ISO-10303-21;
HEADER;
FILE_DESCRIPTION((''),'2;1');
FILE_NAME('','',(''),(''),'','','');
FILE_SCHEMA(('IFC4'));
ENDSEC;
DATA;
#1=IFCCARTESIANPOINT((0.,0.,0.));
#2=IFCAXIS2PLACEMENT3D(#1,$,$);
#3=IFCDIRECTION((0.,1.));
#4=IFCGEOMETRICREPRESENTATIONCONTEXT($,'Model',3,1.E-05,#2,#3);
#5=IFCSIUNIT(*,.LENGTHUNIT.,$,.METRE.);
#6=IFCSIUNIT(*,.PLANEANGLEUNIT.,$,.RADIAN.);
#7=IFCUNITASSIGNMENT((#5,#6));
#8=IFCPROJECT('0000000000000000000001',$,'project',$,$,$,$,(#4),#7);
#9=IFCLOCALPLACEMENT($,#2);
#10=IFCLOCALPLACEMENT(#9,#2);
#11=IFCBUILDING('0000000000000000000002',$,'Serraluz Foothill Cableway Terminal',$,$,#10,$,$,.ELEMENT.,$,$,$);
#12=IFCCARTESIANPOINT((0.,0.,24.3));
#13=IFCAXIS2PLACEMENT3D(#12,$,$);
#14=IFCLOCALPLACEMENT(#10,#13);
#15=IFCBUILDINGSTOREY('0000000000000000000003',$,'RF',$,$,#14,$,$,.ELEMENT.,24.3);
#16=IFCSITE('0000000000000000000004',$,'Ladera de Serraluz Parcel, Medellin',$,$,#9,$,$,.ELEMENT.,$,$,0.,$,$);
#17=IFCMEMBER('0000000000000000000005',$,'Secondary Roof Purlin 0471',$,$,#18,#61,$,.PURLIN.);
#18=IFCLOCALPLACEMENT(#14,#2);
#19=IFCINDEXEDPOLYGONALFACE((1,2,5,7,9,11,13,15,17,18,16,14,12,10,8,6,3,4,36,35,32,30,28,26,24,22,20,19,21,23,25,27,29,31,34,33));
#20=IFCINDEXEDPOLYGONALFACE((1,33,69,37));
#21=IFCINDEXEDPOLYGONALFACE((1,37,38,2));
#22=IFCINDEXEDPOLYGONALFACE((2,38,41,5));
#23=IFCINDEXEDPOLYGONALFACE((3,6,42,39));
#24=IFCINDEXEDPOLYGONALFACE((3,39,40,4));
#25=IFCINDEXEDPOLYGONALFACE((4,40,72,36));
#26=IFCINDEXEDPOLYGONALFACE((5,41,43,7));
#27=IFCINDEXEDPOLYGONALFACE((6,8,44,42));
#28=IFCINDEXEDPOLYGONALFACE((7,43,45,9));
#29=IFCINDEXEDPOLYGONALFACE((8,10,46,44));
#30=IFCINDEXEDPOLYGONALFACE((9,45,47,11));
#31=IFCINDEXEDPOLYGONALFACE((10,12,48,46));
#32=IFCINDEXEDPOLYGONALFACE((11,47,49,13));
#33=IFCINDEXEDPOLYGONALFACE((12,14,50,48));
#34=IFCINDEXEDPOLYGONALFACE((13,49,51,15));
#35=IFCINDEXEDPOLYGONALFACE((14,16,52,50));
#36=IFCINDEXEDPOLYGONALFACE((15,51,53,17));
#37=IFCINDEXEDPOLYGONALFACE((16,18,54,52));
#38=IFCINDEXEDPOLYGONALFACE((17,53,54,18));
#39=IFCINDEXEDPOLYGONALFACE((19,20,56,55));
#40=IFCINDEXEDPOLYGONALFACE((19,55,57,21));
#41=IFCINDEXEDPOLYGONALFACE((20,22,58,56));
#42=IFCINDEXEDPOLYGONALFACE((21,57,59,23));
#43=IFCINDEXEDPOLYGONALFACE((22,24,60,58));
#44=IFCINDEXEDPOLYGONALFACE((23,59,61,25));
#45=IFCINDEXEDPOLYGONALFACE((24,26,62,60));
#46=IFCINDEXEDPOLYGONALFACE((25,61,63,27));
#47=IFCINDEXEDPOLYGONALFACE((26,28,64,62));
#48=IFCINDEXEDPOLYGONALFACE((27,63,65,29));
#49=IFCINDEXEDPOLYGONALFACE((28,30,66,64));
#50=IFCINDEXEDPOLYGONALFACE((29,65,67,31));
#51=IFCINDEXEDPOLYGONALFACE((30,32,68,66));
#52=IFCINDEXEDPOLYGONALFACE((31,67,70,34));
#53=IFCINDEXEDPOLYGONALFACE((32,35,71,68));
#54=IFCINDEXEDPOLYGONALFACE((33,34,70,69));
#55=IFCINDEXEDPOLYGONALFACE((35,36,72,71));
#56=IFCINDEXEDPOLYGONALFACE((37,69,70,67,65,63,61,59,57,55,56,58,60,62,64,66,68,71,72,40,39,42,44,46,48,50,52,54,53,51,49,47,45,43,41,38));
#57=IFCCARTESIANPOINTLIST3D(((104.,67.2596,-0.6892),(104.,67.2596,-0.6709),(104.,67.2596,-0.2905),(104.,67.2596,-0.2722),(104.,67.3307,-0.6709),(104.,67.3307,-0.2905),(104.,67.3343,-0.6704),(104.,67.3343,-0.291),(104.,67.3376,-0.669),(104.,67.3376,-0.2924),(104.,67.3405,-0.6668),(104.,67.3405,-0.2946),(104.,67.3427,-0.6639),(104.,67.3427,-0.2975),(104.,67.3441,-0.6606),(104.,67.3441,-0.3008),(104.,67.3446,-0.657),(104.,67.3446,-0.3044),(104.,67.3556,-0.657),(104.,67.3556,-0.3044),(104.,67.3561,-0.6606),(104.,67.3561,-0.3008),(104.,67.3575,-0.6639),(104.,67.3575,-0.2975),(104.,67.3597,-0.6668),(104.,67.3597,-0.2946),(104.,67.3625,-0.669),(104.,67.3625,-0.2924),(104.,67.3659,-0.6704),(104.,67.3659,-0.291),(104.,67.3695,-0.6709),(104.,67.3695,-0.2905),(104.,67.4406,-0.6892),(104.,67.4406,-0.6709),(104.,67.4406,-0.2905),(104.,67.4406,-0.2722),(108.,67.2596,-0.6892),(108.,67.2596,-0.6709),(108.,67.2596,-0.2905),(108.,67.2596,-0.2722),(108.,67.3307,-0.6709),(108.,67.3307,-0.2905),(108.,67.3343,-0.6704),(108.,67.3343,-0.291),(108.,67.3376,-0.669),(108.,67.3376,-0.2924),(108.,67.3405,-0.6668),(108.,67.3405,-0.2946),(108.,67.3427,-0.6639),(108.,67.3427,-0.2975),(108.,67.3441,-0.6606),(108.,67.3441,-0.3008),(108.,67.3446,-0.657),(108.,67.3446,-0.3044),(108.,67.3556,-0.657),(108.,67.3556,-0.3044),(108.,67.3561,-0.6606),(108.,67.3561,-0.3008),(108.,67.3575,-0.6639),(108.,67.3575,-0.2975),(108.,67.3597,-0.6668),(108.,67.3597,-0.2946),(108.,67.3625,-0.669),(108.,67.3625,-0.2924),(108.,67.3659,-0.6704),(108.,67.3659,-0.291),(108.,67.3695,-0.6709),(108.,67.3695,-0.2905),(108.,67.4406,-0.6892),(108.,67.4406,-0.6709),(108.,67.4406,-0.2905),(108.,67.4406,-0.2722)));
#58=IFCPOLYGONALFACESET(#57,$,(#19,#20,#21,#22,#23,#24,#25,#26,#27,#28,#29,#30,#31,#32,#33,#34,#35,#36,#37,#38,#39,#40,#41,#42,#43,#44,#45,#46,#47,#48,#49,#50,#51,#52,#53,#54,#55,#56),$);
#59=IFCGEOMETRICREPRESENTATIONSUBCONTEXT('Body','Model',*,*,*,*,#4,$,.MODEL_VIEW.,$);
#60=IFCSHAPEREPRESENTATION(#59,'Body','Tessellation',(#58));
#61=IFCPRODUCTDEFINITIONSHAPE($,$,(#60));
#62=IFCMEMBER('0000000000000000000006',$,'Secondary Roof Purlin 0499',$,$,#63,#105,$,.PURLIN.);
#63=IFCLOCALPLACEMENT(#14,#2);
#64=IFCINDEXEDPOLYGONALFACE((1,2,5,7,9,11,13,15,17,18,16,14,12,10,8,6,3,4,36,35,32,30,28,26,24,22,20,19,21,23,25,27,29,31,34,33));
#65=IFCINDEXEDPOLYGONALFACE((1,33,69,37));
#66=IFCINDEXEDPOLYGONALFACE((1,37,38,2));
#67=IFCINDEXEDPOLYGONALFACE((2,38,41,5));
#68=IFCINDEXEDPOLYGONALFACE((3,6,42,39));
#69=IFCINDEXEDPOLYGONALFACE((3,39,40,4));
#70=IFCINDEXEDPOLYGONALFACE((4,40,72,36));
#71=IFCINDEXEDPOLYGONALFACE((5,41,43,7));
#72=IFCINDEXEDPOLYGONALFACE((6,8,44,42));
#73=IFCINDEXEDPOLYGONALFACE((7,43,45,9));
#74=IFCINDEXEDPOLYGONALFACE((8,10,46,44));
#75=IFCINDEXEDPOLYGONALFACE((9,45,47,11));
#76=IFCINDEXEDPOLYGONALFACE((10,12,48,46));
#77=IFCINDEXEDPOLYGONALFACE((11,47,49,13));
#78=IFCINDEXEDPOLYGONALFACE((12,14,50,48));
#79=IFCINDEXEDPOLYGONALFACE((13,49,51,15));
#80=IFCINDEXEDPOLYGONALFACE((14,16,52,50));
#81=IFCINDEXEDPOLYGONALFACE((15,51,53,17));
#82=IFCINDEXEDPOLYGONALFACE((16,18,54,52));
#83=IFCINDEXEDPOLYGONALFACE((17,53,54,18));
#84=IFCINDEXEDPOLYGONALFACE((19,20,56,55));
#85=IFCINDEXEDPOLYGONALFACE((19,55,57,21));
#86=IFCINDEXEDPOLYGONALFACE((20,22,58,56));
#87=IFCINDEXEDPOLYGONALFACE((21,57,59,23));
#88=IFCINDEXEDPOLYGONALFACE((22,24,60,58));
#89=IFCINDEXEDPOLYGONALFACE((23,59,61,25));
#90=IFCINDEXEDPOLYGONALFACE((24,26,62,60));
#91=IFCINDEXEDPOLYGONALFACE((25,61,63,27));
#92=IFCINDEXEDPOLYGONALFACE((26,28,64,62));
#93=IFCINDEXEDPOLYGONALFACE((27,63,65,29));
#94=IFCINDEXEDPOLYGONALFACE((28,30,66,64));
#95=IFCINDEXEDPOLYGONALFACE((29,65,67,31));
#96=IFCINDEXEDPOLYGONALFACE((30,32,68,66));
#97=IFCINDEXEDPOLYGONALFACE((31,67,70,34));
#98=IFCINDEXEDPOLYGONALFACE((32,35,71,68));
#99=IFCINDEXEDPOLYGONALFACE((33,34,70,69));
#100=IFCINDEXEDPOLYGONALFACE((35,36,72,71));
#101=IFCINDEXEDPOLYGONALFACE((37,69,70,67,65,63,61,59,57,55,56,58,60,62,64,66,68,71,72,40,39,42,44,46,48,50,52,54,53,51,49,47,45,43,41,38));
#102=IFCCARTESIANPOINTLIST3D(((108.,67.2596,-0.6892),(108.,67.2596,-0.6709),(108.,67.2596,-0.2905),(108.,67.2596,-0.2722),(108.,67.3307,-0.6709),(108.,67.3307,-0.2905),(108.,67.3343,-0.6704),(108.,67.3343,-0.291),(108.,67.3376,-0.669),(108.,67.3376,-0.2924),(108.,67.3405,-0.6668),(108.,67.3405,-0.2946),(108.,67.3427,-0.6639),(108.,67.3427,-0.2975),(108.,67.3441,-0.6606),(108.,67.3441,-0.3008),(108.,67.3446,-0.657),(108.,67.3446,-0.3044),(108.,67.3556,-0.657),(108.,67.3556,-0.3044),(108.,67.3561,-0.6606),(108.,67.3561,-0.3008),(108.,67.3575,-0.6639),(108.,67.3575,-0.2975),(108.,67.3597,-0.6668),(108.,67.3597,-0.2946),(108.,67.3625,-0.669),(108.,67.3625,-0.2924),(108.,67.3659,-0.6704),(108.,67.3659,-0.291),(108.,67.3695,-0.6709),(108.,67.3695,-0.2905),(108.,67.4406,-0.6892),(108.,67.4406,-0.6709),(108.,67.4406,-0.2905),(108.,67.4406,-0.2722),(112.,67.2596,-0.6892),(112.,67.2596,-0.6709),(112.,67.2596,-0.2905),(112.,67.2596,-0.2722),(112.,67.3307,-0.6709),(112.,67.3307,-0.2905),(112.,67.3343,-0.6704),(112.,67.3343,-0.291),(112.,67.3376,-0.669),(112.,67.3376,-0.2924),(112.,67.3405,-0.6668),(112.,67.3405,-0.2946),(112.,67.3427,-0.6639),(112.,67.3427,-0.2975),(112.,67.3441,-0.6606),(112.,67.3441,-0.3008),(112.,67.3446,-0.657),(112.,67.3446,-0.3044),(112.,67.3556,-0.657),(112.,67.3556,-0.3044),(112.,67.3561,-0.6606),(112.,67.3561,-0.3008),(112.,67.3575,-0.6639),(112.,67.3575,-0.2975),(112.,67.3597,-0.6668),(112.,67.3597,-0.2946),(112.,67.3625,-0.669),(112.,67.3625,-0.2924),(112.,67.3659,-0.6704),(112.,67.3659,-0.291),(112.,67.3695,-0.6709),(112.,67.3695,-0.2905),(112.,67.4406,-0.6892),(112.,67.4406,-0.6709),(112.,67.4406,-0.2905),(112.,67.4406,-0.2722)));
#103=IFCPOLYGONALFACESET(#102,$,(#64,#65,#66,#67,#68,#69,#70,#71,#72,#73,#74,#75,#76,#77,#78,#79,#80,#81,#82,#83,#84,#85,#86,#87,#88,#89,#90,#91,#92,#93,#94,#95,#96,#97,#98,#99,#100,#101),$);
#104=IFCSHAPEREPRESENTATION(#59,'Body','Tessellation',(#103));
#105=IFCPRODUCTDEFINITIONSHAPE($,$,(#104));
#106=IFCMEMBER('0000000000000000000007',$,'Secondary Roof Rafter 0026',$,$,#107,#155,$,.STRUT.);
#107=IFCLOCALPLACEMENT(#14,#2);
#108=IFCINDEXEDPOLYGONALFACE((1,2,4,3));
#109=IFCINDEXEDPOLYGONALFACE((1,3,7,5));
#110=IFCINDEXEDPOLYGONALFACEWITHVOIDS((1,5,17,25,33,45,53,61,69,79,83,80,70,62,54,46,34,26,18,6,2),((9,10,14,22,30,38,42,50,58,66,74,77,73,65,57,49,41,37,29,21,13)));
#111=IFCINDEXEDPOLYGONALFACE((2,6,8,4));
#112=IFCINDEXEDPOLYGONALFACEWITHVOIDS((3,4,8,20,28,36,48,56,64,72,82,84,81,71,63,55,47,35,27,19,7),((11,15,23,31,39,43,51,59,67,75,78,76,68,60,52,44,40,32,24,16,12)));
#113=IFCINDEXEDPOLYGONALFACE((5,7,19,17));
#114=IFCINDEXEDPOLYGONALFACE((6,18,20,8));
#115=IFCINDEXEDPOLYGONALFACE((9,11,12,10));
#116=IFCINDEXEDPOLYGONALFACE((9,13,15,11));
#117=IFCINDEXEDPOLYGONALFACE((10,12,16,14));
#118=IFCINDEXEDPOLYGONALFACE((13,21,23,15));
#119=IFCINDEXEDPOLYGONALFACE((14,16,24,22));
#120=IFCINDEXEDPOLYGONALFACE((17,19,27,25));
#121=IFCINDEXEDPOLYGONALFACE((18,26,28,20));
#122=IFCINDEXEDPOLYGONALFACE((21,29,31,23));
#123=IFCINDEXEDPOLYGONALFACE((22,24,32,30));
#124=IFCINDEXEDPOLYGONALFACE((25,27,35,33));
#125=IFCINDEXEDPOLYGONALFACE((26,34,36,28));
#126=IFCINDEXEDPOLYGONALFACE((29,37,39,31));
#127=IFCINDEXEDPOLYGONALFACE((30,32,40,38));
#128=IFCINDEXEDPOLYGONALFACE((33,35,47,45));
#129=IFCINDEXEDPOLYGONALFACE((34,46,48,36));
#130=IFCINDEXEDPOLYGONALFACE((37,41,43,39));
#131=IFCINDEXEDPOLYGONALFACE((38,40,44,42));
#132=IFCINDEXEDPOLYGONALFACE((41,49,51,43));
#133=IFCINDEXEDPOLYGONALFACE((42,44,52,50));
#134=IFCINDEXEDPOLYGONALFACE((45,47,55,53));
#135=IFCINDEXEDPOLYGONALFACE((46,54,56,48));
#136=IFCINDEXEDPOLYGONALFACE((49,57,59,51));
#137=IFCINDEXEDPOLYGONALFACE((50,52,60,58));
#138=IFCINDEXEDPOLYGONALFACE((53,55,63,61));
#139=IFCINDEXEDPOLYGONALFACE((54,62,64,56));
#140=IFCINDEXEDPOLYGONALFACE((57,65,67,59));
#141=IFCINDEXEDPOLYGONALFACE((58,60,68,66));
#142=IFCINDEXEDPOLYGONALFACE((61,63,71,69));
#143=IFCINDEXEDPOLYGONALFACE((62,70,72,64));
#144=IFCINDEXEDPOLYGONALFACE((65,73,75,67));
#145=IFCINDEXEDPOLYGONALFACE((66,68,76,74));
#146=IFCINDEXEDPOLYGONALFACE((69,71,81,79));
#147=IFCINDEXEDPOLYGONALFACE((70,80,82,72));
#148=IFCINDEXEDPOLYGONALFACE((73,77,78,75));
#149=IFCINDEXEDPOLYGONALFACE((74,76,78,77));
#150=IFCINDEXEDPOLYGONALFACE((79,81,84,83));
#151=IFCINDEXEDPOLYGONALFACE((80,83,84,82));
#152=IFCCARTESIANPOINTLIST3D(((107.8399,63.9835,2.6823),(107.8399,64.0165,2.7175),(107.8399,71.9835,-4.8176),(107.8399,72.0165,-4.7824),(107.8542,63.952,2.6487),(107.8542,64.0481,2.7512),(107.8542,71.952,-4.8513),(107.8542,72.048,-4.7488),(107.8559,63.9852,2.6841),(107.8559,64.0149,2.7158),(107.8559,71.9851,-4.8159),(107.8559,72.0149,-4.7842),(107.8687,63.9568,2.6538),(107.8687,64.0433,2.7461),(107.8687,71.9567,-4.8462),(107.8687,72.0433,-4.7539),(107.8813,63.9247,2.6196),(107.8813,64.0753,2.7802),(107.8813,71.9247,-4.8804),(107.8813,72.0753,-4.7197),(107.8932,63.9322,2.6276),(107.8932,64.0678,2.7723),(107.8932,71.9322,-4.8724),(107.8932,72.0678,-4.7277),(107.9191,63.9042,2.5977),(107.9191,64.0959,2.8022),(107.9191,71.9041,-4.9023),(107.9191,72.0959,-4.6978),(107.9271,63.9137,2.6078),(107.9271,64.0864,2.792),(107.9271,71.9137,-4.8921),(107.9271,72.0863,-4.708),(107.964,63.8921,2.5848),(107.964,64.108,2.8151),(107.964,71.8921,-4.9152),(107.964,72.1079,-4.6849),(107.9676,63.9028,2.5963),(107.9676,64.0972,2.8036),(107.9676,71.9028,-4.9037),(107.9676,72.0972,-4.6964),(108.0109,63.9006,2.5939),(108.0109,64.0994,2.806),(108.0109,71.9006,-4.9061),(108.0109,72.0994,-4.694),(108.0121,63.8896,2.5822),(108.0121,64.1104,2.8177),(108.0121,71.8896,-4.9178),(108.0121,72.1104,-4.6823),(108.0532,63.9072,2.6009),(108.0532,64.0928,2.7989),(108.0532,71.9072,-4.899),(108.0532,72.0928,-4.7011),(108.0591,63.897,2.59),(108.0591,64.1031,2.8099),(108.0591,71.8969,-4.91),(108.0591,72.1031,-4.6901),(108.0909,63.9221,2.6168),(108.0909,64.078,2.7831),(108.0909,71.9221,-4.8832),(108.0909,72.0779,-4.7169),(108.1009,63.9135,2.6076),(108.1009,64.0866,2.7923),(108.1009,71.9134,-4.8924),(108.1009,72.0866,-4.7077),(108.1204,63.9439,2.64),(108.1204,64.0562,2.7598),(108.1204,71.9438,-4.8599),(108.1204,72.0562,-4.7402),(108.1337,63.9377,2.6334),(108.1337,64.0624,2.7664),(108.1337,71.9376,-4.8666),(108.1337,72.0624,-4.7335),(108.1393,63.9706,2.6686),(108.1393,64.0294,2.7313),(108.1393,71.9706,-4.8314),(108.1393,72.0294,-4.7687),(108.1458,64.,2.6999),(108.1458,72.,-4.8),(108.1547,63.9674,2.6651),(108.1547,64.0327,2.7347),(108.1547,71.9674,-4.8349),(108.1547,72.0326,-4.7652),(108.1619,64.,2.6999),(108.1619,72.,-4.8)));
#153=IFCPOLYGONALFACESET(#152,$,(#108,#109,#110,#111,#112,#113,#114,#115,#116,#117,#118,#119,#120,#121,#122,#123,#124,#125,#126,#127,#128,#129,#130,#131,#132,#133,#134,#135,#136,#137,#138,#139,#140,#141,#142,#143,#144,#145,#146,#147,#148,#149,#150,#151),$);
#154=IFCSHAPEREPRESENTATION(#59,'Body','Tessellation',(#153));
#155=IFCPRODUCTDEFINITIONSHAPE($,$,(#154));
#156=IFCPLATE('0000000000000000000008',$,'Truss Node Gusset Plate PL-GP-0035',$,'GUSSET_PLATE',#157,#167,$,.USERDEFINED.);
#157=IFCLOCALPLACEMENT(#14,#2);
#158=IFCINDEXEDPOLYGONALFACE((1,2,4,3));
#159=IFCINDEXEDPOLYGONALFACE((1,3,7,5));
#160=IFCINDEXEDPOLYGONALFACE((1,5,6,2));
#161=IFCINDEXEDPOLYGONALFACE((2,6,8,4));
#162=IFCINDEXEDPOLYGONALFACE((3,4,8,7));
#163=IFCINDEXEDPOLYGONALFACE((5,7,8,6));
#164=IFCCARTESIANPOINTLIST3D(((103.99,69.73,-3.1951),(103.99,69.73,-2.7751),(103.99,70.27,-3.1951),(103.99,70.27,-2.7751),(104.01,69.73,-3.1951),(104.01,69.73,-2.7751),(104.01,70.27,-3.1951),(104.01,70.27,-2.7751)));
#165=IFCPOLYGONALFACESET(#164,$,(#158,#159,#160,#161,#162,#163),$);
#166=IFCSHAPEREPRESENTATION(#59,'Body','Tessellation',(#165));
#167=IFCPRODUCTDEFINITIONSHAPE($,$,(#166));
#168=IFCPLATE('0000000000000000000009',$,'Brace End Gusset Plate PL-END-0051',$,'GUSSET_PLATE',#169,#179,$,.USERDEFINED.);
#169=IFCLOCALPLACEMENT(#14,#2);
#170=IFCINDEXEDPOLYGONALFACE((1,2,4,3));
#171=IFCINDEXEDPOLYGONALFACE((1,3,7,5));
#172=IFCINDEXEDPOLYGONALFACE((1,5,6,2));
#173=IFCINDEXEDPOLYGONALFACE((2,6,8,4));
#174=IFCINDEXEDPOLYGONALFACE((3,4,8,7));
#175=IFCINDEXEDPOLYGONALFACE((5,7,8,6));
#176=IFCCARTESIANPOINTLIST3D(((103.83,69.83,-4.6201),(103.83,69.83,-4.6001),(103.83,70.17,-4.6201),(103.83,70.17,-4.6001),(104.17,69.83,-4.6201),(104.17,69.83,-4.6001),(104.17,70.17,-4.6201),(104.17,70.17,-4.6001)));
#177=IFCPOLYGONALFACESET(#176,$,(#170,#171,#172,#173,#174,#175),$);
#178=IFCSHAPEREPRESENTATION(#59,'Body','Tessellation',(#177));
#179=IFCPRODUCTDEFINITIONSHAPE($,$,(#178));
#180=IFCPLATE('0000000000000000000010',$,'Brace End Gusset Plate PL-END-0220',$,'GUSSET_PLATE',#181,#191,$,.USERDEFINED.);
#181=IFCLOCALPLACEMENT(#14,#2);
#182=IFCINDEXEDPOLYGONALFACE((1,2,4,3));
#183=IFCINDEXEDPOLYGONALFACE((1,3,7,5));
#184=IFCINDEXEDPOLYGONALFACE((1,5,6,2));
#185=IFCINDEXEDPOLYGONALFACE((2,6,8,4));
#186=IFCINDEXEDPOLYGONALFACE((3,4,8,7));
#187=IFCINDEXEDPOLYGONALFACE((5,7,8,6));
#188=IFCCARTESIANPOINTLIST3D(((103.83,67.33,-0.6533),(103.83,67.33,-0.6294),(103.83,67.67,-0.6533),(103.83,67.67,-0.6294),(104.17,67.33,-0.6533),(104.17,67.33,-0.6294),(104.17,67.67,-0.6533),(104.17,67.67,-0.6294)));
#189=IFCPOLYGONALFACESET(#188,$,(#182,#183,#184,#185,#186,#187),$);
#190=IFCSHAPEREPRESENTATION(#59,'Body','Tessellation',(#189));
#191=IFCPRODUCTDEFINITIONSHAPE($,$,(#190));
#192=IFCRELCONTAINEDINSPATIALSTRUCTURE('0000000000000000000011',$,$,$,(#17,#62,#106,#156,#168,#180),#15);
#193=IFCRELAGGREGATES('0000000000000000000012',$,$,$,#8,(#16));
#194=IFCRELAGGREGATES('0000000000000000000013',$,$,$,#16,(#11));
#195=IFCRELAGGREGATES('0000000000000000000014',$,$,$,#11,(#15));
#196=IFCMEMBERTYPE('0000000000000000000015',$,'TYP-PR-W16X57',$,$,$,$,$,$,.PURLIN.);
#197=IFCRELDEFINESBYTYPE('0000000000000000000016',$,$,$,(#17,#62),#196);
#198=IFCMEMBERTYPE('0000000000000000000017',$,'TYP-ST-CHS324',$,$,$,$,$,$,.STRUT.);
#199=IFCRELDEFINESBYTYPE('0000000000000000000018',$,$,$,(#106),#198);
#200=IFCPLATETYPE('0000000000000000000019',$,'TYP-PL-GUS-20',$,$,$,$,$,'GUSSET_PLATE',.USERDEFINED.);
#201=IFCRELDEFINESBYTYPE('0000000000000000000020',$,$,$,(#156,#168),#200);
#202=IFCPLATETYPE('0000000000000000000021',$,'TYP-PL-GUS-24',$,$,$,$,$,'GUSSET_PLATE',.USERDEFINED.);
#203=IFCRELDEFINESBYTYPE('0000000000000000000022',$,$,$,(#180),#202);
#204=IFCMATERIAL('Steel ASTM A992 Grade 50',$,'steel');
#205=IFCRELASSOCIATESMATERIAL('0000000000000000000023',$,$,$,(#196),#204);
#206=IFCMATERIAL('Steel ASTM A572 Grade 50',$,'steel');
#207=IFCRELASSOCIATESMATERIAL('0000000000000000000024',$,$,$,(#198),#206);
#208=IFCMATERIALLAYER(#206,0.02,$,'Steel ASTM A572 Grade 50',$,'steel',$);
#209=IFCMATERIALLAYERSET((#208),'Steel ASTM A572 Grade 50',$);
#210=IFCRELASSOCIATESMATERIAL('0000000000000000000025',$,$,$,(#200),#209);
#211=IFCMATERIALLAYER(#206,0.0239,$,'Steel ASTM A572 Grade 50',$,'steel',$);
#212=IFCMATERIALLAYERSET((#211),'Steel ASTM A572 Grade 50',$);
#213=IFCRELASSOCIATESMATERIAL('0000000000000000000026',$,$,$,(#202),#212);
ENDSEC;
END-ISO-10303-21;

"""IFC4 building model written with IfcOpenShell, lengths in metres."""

from ifc_helpers import new_model, si_unit, direction, frame, origin, origin_2d, place, context, subcontext, project, spatial, rectangle, hollow_circle, i_section, extrude, material, layer, layer_set, material_profile, profile_set, type_object, element, save


model = new_model("IFC4")

# Units and contexts
model_context = context("Model", 3, precision=1e-05, world=origin(), true_north=direction((0.0, 1.0)))
body_context = subcontext(model_context, "Body", "Model", "MODEL_VIEW")
ifc_project = project(units=[si_unit("LENGTHUNIT", "METRE"), si_unit("PLANEANGLEUNIT", "RADIAN")], contexts=[model_context])

# Site, building, storey
site_placement = place(None, origin())
site = spatial("IfcSite", under=ifc_project, at=site_placement, Name="Ladera de Serraluz Parcel, Medellin", CompositionType="ELEMENT", RefElevation=0.0)
building_placement = place(site_placement, origin())
building = spatial("IfcBuilding", under=site, at=building_placement, Name="Serraluz Foothill Cableway Terminal", CompositionType="ELEMENT")
storey_placement = place(building_placement, frame((0.0, 0.0, 24.3)))
storey = spatial("IfcBuildingStorey", under=building, at=storey_placement, Name="RF", CompositionType="ELEMENT", Elevation=24.3)

# Members
ifc_material_1 = material(Name="Steel ASTM A572 Grade 50", Category="steel")
ifc_material_2 = material(Name="Steel ASTM A992 Grade 50", Category="steel")
ifc_material_profile_1 = material_profile(ifc_material_2, i_section(OverallWidth=0.1809, OverallDepth=0.417, WebThickness=0.011, FlangeThickness=0.0183, FilletRadius=0.0139, at=origin_2d()), Name="W16X57")
ifc_profile_set_1 = profile_set([ifc_material_profile_1], Name="Steel ASTM A992 Grade 50")
member_type_1 = type_object("IfcMemberType", Name="TYP-PR-W16X57", PredefinedType="PURLIN", material=ifc_profile_set_1)
for number, where, z_axis, x_axis, name in (
    (1, (104.0, 67.3501, -0.4807), (1.0, 0.0, 0.0), (0.0, 1.0, 0.0), "Secondary Roof Purlin 0471"),
    (2, (108.0, 67.3501, -0.4807), (1.0, 0.0, 0.0), (0.0, 1.0, 0.0), "Secondary Roof Purlin 0499"),
):
    element("IfcMember", number, at=place(storey_placement, frame(where, z_axis=z_axis, x_axis=x_axis)), inside=storey, type_object=member_type_1, Name=name, PredefinedType="PURLIN", context=body_context, shape_type="SweptSolid", body=[
        extrude(i_section(OverallWidth=0.1809, OverallDepth=0.417, WebThickness=0.011, FlangeThickness=0.0183, FilletRadius=0.0139, at=origin_2d()), origin(), (0.0, 0.0, 1.0), 4.0),
    ])
ifc_material_profile_2 = material_profile(ifc_material_1, hollow_circle(Radius=0.1619, WallThickness=0.0161, at=origin_2d()), Name="CHS324X16")
ifc_profile_set_2 = profile_set([ifc_material_profile_2], Name="Steel ASTM A572 Grade 50")
member_type_2 = type_object("IfcMemberType", Name="TYP-ST-CHS324", PredefinedType="STRUT", material=ifc_profile_set_2)
member_1_placement = place(storey_placement, frame((108.0, 72.0, -4.8), z_axis=(0.0, -0.729537, 0.683941), x_axis=(1.0, 0.0, 0.0)))
element("IfcMember", 3, at=member_1_placement, inside=storey, type_object=member_type_2, Name="Secondary Roof Rafter 0026", PredefinedType="STRUT", context=body_context, shape_type="SweptSolid", body=[
    extrude(hollow_circle(Radius=0.1619, WallThickness=0.0161, at=origin_2d()), origin(), (0.0, 0.0, 1.0), 10.9658),
])

# Plates
ifc_layer_1 = layer(ifc_material_1, 0.02, Name="Steel ASTM A572 Grade 50", Category="steel")
ifc_layer_set_1 = layer_set([ifc_layer_1], Name="Steel ASTM A572 Grade 50")
plate_type_1 = type_object("IfcPlateType", Name="TYP-PL-GUS-20", ElementType="GUSSET_PLATE", PredefinedType="USERDEFINED", material=ifc_layer_set_1)
plate_1_placement = place(storey_placement, frame((104.0, 70.0, -3.1951), z_axis=(0.0, 0.0, 1.0), x_axis=(1.0, 0.0, 0.0)))
element("IfcPlate", 4, at=plate_1_placement, inside=storey, type_object=plate_type_1, Name="Truss Node Gusset Plate PL-GP-0035", ObjectType="GUSSET_PLATE", PredefinedType="USERDEFINED", context=body_context, shape_type="SweptSolid", body=[
    extrude(rectangle(XDim=0.02, YDim=0.54, at=origin_2d()), origin(), (0.0, 0.0, 1.0), 0.4199),
])
plate_2_placement = place(storey_placement, frame((104.0, 70.0, -4.6201), z_axis=(0.0, 0.0, 1.0), x_axis=(1.0, 0.0, 0.0)))
element("IfcPlate", 5, at=plate_2_placement, inside=storey, type_object=plate_type_1, Name="Brace End Gusset Plate PL-END-0051", ObjectType="GUSSET_PLATE", PredefinedType="USERDEFINED", context=body_context, shape_type="SweptSolid", body=[
    extrude(rectangle(XDim=0.3401, YDim=0.3401, at=origin_2d()), origin(), (0.0, 0.0, 1.0), 0.02),
])
ifc_layer_2 = layer(ifc_material_1, 0.0239, Name="Steel ASTM A572 Grade 50", Category="steel")
ifc_layer_set_2 = layer_set([ifc_layer_2], Name="Steel ASTM A572 Grade 50")
plate_type_2 = type_object("IfcPlateType", Name="TYP-PL-GUS-24", ElementType="GUSSET_PLATE", PredefinedType="USERDEFINED", material=ifc_layer_set_2)
plate_3_placement = place(storey_placement, frame((104.0, 67.5, -0.6533), z_axis=(0.0, 0.0, 1.0), x_axis=(1.0, 0.0, 0.0)))
element("IfcPlate", 6, at=plate_3_placement, inside=storey, type_object=plate_type_2, Name="Brace End Gusset Plate PL-END-0220", ObjectType="GUSSET_PLATE", PredefinedType="USERDEFINED", context=body_context, shape_type="SweptSolid", body=[
    extrude(rectangle(XDim=0.3401, YDim=0.3401, at=origin_2d()), origin(), (0.0, 0.0, 1.0), 0.0239),
])

save(model, "model.ifc")
